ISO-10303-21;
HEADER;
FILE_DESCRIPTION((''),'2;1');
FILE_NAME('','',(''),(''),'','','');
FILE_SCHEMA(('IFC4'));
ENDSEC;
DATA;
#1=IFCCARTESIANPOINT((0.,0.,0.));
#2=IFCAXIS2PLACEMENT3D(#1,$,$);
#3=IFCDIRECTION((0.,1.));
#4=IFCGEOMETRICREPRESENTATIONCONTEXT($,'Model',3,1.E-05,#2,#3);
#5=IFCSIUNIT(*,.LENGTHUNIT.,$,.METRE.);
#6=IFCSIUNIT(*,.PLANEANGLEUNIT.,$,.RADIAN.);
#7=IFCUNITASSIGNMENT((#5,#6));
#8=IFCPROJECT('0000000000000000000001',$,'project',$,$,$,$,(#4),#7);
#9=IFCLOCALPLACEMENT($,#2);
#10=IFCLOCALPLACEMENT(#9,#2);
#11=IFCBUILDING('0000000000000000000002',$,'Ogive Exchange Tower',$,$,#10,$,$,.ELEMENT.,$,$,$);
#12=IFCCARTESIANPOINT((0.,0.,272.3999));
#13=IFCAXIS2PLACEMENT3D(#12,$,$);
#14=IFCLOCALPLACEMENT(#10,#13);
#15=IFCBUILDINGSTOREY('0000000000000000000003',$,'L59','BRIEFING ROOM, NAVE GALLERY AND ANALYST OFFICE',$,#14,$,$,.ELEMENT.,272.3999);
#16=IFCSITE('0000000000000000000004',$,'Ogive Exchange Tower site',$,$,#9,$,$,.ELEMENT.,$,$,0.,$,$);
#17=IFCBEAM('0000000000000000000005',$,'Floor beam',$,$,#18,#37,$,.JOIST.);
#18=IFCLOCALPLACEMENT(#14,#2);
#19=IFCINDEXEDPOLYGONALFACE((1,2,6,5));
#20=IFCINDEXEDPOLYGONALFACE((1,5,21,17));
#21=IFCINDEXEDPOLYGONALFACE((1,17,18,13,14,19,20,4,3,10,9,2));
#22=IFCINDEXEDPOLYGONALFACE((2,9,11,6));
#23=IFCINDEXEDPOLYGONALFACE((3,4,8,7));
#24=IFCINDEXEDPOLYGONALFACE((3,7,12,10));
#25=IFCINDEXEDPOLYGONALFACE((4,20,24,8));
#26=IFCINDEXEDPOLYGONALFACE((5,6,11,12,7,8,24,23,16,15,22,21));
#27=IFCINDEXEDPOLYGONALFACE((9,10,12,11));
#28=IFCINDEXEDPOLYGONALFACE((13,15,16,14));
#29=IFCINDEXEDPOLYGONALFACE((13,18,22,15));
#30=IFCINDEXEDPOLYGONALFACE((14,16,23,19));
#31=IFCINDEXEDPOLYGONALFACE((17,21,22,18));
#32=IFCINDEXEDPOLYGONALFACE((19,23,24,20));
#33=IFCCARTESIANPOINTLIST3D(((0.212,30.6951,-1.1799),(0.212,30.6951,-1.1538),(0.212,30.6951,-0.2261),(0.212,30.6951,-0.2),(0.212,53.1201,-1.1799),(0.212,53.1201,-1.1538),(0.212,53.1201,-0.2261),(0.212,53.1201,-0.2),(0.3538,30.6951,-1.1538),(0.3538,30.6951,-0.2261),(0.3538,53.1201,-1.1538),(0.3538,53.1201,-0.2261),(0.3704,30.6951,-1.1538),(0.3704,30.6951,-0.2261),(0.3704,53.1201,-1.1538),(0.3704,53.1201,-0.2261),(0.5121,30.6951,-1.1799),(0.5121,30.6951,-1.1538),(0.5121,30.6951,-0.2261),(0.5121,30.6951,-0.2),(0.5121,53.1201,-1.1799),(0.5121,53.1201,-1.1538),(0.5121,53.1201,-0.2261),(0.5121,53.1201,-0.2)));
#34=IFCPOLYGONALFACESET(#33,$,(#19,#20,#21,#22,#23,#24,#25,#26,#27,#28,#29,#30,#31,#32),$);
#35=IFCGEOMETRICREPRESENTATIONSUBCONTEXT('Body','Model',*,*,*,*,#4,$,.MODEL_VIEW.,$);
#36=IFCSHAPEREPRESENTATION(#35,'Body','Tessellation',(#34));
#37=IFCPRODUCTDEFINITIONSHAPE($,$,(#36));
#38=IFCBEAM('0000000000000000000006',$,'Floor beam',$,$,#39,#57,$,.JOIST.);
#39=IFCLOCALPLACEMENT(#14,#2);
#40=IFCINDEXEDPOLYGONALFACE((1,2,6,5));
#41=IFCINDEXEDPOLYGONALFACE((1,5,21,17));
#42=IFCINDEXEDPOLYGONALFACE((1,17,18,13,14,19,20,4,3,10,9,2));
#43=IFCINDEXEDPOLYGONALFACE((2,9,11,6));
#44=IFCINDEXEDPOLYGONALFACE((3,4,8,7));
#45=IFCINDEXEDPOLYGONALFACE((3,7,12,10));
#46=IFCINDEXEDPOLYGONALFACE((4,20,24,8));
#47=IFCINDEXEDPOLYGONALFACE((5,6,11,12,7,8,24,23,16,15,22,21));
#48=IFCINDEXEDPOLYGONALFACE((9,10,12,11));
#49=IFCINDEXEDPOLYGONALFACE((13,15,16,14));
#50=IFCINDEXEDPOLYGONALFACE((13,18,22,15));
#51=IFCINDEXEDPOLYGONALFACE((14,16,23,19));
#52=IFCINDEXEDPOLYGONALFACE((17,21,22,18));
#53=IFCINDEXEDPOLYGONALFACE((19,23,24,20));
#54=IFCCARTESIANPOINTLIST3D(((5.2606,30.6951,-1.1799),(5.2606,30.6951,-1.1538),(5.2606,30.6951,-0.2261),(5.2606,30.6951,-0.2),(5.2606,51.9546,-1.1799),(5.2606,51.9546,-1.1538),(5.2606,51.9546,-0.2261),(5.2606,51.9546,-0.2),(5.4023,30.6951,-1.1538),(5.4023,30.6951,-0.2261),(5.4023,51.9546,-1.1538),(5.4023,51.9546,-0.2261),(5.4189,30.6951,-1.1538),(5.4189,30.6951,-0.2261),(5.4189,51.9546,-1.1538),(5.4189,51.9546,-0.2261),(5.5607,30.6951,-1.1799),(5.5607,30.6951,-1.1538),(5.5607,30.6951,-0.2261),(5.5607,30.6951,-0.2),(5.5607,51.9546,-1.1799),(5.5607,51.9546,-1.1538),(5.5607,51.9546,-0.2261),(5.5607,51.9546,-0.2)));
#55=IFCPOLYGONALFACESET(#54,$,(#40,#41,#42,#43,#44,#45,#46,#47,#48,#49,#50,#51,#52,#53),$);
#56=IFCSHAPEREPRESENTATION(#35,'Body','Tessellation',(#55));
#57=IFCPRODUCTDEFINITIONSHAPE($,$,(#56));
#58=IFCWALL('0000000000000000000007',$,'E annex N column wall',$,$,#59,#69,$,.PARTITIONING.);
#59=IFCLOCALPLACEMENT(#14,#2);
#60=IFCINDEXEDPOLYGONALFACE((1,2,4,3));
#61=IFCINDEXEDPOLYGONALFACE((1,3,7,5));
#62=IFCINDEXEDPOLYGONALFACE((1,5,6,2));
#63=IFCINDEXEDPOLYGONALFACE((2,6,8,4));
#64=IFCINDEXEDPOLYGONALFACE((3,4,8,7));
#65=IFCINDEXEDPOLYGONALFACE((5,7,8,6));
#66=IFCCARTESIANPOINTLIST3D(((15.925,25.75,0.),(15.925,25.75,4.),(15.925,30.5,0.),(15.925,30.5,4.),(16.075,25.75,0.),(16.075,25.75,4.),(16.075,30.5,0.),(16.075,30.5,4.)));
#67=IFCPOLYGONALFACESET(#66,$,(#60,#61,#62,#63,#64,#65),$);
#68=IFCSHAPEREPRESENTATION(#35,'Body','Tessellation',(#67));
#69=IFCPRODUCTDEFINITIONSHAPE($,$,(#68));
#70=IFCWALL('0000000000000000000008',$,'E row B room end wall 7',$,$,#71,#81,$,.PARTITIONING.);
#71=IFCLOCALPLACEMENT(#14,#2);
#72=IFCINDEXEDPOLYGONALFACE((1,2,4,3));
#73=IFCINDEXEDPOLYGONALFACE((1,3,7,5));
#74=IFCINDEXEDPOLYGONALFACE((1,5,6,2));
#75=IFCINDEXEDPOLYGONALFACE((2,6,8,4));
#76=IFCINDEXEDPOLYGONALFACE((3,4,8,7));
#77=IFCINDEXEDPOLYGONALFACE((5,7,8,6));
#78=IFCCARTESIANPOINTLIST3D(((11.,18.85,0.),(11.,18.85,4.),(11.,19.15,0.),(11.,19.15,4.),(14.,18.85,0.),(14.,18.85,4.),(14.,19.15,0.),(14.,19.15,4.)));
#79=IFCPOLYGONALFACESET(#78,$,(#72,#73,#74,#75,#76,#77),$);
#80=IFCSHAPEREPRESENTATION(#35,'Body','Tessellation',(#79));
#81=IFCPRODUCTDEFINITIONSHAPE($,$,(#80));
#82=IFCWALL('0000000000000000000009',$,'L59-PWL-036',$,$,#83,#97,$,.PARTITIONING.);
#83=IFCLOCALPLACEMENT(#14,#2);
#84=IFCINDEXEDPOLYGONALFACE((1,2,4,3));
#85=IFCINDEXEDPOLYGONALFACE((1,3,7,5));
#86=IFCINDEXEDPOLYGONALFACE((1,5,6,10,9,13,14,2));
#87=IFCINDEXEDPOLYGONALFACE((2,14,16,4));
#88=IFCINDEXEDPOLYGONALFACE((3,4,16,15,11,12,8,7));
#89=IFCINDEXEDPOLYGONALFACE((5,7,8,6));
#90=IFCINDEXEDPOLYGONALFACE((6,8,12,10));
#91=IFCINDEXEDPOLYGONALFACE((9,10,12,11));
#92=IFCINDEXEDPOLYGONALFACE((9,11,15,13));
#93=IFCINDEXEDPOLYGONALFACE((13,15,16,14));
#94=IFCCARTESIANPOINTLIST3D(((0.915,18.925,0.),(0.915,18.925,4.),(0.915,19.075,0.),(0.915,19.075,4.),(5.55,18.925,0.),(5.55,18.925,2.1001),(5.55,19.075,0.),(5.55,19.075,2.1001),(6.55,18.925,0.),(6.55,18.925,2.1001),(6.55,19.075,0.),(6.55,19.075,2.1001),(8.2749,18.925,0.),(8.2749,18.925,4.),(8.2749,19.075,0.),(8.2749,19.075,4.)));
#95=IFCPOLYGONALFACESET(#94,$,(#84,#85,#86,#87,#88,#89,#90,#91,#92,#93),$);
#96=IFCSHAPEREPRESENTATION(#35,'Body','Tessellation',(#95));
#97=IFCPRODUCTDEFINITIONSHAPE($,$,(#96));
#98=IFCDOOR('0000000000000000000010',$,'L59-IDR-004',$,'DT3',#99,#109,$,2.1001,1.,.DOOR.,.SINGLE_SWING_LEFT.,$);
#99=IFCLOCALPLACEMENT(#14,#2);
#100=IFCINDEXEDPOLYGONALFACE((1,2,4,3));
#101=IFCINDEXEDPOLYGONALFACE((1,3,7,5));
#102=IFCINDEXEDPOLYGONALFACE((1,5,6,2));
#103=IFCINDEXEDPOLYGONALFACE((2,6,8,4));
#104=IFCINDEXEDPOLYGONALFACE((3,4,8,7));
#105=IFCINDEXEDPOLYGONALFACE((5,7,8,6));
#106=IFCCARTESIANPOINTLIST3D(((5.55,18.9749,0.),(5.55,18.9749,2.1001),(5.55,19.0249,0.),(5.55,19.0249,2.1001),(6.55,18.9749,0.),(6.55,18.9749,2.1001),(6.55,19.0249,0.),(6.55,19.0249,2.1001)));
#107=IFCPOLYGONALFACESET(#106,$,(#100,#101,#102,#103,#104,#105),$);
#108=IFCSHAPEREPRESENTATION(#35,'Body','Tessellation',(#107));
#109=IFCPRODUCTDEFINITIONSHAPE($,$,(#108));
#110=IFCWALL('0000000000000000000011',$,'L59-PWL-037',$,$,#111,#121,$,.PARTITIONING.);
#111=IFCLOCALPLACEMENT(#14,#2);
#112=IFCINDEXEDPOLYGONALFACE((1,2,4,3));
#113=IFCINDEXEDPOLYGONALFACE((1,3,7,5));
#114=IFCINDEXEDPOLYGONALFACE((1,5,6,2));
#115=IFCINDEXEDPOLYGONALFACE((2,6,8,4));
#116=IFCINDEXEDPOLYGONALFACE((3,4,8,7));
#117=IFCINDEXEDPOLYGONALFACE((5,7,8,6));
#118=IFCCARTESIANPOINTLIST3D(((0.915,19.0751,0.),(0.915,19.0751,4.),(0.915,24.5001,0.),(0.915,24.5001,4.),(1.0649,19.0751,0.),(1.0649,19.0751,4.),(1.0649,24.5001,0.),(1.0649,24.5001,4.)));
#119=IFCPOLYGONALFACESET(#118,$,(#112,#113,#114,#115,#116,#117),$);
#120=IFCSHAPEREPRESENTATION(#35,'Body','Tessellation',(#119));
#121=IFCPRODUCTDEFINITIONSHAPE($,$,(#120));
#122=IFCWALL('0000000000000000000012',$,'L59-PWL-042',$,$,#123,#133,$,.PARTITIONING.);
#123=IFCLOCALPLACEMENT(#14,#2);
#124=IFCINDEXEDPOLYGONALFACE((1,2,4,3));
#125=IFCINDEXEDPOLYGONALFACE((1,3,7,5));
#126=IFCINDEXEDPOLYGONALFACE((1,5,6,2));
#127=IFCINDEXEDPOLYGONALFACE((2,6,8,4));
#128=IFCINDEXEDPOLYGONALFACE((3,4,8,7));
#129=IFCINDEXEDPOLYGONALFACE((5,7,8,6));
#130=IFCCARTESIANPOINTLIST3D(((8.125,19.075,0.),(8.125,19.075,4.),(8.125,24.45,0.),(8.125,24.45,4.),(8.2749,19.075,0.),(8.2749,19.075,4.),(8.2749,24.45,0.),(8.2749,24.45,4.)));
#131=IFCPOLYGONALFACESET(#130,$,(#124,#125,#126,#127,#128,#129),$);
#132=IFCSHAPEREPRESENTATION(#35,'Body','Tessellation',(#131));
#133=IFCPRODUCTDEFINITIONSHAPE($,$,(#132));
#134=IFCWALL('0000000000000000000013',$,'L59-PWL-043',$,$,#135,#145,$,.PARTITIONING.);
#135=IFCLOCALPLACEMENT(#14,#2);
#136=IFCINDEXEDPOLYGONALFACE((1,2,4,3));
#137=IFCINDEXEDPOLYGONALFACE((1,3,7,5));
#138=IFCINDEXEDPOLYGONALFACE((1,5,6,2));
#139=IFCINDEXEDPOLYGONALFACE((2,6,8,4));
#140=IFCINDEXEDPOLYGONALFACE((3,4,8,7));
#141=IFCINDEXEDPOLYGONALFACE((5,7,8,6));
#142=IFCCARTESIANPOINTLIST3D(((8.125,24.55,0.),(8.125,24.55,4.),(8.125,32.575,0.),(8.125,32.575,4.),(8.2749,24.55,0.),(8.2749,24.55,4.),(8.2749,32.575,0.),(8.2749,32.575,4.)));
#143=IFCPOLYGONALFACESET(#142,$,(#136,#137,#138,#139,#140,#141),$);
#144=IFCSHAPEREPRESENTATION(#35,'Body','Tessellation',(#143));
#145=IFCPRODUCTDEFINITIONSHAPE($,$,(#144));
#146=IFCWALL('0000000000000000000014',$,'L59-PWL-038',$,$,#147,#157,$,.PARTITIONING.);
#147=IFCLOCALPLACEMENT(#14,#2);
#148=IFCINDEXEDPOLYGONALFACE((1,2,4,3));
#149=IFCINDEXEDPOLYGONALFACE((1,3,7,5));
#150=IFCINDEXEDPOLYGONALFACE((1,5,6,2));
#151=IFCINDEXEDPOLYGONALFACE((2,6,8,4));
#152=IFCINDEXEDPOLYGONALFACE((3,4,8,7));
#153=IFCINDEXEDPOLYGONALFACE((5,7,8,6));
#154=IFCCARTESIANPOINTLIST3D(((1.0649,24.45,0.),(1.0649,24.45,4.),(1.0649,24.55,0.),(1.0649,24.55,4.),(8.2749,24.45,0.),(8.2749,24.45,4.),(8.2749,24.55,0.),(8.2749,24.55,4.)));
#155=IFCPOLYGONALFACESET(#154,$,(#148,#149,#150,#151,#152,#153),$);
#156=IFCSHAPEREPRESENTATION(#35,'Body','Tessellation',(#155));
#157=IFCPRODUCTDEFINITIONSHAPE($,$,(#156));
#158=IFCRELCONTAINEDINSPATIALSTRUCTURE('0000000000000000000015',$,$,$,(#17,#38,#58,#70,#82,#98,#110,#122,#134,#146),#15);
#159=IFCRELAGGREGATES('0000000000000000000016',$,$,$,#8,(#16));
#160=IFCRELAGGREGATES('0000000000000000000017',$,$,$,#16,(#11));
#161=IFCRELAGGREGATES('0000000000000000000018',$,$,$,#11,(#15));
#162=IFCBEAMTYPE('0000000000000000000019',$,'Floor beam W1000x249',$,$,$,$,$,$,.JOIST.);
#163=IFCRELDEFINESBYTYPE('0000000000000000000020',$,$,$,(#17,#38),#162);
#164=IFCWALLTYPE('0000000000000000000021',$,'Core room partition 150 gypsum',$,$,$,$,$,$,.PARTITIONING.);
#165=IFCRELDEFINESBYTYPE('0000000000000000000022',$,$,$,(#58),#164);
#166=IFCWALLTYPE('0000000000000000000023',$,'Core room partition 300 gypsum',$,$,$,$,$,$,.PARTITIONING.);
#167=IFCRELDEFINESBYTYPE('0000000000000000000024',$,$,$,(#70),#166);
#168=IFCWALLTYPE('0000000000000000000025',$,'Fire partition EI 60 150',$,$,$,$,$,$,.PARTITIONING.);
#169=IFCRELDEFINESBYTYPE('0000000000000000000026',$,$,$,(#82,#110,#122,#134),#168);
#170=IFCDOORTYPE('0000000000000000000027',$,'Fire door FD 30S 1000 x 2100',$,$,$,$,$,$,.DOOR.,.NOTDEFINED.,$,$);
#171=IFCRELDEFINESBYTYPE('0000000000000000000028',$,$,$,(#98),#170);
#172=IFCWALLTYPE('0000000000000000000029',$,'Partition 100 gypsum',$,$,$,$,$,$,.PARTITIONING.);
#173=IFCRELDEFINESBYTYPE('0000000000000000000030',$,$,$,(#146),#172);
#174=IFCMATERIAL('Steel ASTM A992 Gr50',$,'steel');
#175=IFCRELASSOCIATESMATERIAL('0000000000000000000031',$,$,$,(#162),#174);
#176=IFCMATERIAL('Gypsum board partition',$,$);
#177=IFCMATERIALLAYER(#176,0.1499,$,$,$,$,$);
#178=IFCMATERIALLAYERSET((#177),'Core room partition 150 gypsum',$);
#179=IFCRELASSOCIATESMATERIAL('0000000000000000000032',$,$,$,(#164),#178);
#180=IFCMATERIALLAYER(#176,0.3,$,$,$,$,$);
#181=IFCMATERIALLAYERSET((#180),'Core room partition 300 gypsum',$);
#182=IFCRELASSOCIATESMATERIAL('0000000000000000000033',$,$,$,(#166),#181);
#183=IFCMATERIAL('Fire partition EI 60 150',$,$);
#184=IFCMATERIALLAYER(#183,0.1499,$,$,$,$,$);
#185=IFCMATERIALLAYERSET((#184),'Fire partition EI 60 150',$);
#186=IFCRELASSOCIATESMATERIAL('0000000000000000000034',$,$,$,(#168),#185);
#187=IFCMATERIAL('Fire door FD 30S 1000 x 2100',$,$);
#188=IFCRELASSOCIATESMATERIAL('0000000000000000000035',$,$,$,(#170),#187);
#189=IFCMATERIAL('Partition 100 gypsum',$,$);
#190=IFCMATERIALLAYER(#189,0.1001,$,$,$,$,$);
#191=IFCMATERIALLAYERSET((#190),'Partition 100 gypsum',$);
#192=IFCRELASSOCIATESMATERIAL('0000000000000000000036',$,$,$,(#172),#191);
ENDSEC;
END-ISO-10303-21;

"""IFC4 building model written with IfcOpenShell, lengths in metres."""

from ifc_helpers import new_model, si_unit, direction, frame, frame_2d, origin, origin_2d, place, context, subcontext, project, spatial, rectangle, i_section, extrude, material, layer, layer_set, material_profile, profile_set, type_object, element, fill, save


model = new_model("IFC4")

# Units and contexts
model_context = context("Model", 3, precision=1e-05, world=origin(), true_north=direction((0.0, 1.0)))
body_context = subcontext(model_context, "Body", "Model", "MODEL_VIEW")
ifc_project = project(units=[si_unit("LENGTHUNIT", "METRE"), si_unit("PLANEANGLEUNIT", "RADIAN")], contexts=[model_context])

# Site, building, storey
site_placement = place(None, origin())
site = spatial("IfcSite", under=ifc_project, at=site_placement, Name="Ogive Exchange Tower site", CompositionType="ELEMENT", RefElevation=0.0)
building_placement = place(site_placement, origin())
building = spatial("IfcBuilding", under=site, at=building_placement, Name="Ogive Exchange Tower", CompositionType="ELEMENT")
storey_placement = place(building_placement, frame((0.0, 0.0, 272.3999)))
storey = spatial("IfcBuildingStorey", under=building, at=storey_placement, Name="L59", Description="BRIEFING ROOM, NAVE GALLERY AND ANALYST OFFICE", CompositionType="ELEMENT", Elevation=272.3999)

# Beams
ifc_material_1 = material(Name="Steel ASTM A992 Gr50", Category="steel")
ifc_material_profile = material_profile(ifc_material_1, i_section(OverallWidth=0.3, OverallDepth=0.98, WebThickness=0.0166, FlangeThickness=0.0261, at=origin_2d()), Name="W1000x249")
ifc_profile_set = profile_set([ifc_material_profile], Name="Steel ASTM A992 Gr50")
beam_type = type_object("IfcBeamType", Name="Floor beam W1000x249", PredefinedType="JOIST", material=ifc_profile_set)
beam_1_placement = place(storey_placement, frame((0.3621, 30.6951, -0.6899), z_axis=(0.0, 1.0, 0.0), x_axis=(-1.0, 0.0, 0.0)))
element("IfcBeam", 1, at=beam_1_placement, inside=storey, type_object=beam_type, Name="Floor beam", PredefinedType="JOIST", context=body_context, shape_type="SweptSolid", body=[
    extrude(i_section(OverallWidth=0.3, OverallDepth=0.98, WebThickness=0.0166, FlangeThickness=0.0261, at=origin_2d()), origin(), (0.0, 0.0, 1.0), 22.425),
])
beam_2_placement = place(storey_placement, frame((5.4106, 30.6951, -0.6899), z_axis=(0.0, 1.0, 0.0), x_axis=(-1.0, 0.0, 0.0)))
element("IfcBeam", 2, at=beam_2_placement, inside=storey, type_object=beam_type, Name="Floor beam", PredefinedType="JOIST", context=body_context, shape_type="SweptSolid", body=[
    extrude(i_section(OverallWidth=0.3, OverallDepth=0.98, WebThickness=0.0166, FlangeThickness=0.0261, at=origin_2d()), origin(), (0.0, 0.0, 1.0), 21.2595),
])

# Walls
ifc_material_2 = material(Name="Gypsum board partition")
ifc_layer_1 = layer(ifc_material_2, 0.1499)
ifc_layer_set_1 = layer_set([ifc_layer_1], Name="Core room partition 150 gypsum")
wall_type_1 = type_object("IfcWallType", Name="Core room partition 150 gypsum", PredefinedType="PARTITIONING", material=ifc_layer_set_1)
wall_1_placement = place(storey_placement, frame((16.0, 25.75, 0.0), z_axis=(0.0, 0.0, 1.0), x_axis=(0.0, 1.0, 0.0)))
element("IfcWall", 3, at=wall_1_placement, inside=storey, type_object=wall_type_1, Name="E annex N column wall", PredefinedType="PARTITIONING", context=body_context, shape_type="SweptSolid", body=[
    extrude(rectangle(XDim=4.75, YDim=0.1499, at=frame_2d((2.375, 0.0))), origin(), (0.0, 0.0, 1.0), 4.0),
])
ifc_layer_2 = layer(ifc_material_2, 0.3)
ifc_layer_set_2 = layer_set([ifc_layer_2], Name="Core room partition 300 gypsum")
wall_type_2 = type_object("IfcWallType", Name="Core room partition 300 gypsum", PredefinedType="PARTITIONING", material=ifc_layer_set_2)
wall_2_placement = place(storey_placement, frame((11.0, 19.0, 0.0), z_axis=(0.0, 0.0, 1.0), x_axis=(1.0, 0.0, 0.0)))
element("IfcWall", 4, at=wall_2_placement, inside=storey, type_object=wall_type_2, Name="E row B room end wall 7", PredefinedType="PARTITIONING", context=body_context, shape_type="SweptSolid", body=[
    extrude(rectangle(XDim=3.0, YDim=0.3, at=frame_2d((1.5, 0.0))), origin(), (0.0, 0.0, 1.0), 4.0),
])

# Wall, opening, door
ifc_material_3 = material(Name="Fire partition EI 60 150")
ifc_layer_3 = layer(ifc_material_3, 0.1499)
ifc_layer_set_3 = layer_set([ifc_layer_3], Name="Fire partition EI 60 150")
wall_type_3 = type_object("IfcWallType", Name="Fire partition EI 60 150", PredefinedType="PARTITIONING", material=ifc_layer_set_3)
wall_3_placement = place(storey_placement, frame((0.915, 19.0, 0.0), z_axis=(0.0, 0.0, 1.0), x_axis=(1.0, 0.0, 0.0)))
wall_3 = element("IfcWall", 5, at=wall_3_placement, inside=storey, type_object=wall_type_3, Name="L59-PWL-036", PredefinedType="PARTITIONING", context=body_context, shape_type="SweptSolid", body=[
    extrude(rectangle(XDim=7.3599, YDim=0.1499, at=frame_2d((3.6799, 0.0))), origin(), (0.0, 0.0, 1.0), 4.0),
])
opening_1_placement = place(wall_3_placement, frame((4.635, 0.0, 0.0)))
opening_1 = element("IfcOpeningElement", 6, at=opening_1_placement, cuts=wall_3, PredefinedType="OPENING", context=body_context, shape_type="SweptSolid", body=[
    extrude(rectangle(XDim=1.0, YDim=2.1001, at=frame_2d((0.5, 1.05))), frame((0.0, 0.085, 0.0), z_axis=(0.0, -1.0, 0.0), x_axis=(1.0, 0.0, 0.0)), (0.0, 0.0, 1.0), 0.1699),
])
ifc_material_4 = material(Name="Fire door FD 30S 1000 x 2100")
door_type_1 = type_object("IfcDoorType", Name="Fire door FD 30S 1000 x 2100", OperationType="NOTDEFINED", PredefinedType="DOOR", material=ifc_material_4)
door_1_placement = place(opening_1_placement, origin())
door_1 = element("IfcDoor", 7, at=door_1_placement, inside=storey, type_object=door_type_1, Name="L59-IDR-004", ObjectType="DT3", OperationType="SINGLE_SWING_LEFT", OverallHeight=2.1001, OverallWidth=1.0, PredefinedType="DOOR", context=body_context, shape_type="SweptSolid", body=[
    extrude(rectangle(XDim=1.0, YDim=2.1001, at=frame_2d((0.5, 1.05))), frame((0.0, 0.0249, 0.0), z_axis=(0.0, -1.0, 0.0), x_axis=(1.0, 0.0, 0.0)), (0.0, 0.0, 1.0), 0.05),
])
fill(opening_1, door_1)

# Walls
wall_4_placement = place(storey_placement, frame((0.99, 24.5, 0.0), z_axis=(0.0, 0.0, 1.0), x_axis=(0.0, -1.0, 0.0)))
element("IfcWall", 8, at=wall_4_placement, inside=storey, type_object=wall_type_3, Name="L59-PWL-037", PredefinedType="PARTITIONING", context=body_context, shape_type="SweptSolid", body=[
    extrude(rectangle(XDim=5.425, YDim=0.1499, at=frame_2d((2.7124, 0.0))), origin(), (0.0, 0.0, 1.0), 4.0),
])
wall_5_placement = place(storey_placement, frame((8.2, 19.075, 0.0), z_axis=(0.0, 0.0, 1.0), x_axis=(0.0, 1.0, 0.0)))
element("IfcWall", 9, at=wall_5_placement, inside=storey, type_object=wall_type_3, Name="L59-PWL-042", PredefinedType="PARTITIONING", context=body_context, shape_type="SweptSolid", body=[
    extrude(rectangle(XDim=5.375, YDim=0.1499, at=frame_2d((2.6875, 0.0))), origin(), (0.0, 0.0, 1.0), 4.0),
])
wall_6_placement = place(storey_placement, frame((8.2, 24.55, 0.0), z_axis=(0.0, 0.0, 1.0), x_axis=(0.0, 1.0, 0.0)))
element("IfcWall", 10, at=wall_6_placement, inside=storey, type_object=wall_type_3, Name="L59-PWL-043", PredefinedType="PARTITIONING", context=body_context, shape_type="SweptSolid", body=[
    extrude(rectangle(XDim=8.0249, YDim=0.1499, at=frame_2d((4.0125, 0.0))), origin(), (0.0, 0.0, 1.0), 4.0),
])
ifc_material_5 = material(Name="Partition 100 gypsum")
ifc_layer_4 = layer(ifc_material_5, 0.1001)
ifc_layer_set_4 = layer_set([ifc_layer_4], Name="Partition 100 gypsum")
wall_type_4 = type_object("IfcWallType", Name="Partition 100 gypsum", PredefinedType="PARTITIONING", material=ifc_layer_set_4)
wall_7_placement = place(storey_placement, frame((1.0649, 24.5, 0.0), z_axis=(0.0, 0.0, 1.0), x_axis=(1.0, 0.0, 0.0)))
element("IfcWall", 11, at=wall_7_placement, inside=storey, type_object=wall_type_4, Name="L59-PWL-038", PredefinedType="PARTITIONING", context=body_context, shape_type="SweptSolid", body=[
    extrude(rectangle(XDim=7.21, YDim=0.1001, at=frame_2d((3.605, 0.0))), origin(), (0.0, 0.0, 1.0), 4.0),
])

save(model, "model.ifc")
